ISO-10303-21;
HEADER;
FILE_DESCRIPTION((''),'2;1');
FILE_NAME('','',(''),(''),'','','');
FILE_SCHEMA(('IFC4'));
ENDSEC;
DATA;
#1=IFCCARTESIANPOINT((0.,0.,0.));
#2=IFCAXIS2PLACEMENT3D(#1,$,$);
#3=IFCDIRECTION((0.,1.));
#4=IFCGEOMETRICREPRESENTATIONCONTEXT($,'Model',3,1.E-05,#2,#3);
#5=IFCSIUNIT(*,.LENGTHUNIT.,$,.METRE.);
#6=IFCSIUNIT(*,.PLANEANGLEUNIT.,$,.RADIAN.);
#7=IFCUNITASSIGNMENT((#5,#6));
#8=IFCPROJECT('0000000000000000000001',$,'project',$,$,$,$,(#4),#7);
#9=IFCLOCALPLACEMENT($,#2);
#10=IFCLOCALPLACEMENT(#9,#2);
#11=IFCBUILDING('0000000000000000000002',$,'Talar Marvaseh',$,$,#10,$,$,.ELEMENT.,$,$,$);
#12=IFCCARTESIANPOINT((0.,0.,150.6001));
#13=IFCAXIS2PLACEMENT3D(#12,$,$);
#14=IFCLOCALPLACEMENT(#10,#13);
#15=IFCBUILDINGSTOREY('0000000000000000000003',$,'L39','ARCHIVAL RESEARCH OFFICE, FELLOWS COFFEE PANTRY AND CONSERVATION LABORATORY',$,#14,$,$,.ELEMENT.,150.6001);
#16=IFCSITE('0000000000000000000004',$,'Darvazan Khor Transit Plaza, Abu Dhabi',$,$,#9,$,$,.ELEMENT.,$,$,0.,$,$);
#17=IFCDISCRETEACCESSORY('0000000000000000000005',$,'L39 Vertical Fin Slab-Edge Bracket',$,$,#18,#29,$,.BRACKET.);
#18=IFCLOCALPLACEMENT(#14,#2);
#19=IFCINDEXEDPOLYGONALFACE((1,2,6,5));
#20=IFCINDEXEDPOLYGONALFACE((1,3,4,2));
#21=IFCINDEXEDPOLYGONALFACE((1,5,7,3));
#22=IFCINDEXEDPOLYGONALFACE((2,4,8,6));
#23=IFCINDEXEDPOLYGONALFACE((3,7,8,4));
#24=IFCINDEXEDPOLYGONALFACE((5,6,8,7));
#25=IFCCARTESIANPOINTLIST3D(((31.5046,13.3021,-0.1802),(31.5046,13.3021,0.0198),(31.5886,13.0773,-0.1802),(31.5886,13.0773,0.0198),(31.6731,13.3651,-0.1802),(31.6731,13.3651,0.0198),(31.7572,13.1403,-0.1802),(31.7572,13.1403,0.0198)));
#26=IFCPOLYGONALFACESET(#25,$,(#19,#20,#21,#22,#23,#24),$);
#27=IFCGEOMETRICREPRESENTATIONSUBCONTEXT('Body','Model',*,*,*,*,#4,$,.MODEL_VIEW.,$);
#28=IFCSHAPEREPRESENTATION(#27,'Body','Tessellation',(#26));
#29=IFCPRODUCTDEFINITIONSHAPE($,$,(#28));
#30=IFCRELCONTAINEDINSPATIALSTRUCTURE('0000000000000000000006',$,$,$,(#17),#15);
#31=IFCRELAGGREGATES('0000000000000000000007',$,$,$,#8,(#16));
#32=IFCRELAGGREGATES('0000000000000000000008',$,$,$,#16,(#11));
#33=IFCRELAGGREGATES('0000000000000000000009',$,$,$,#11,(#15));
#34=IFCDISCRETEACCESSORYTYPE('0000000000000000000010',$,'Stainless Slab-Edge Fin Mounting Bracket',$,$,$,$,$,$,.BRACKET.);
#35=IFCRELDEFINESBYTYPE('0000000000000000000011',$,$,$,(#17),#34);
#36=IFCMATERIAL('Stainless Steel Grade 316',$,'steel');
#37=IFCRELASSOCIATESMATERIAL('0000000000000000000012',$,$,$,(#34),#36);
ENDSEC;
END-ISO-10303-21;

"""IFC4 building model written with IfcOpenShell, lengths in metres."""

from ifc_helpers import new_model, si_unit, direction, frame, origin, origin_2d, place, context, subcontext, project, spatial, rectangle, extrude, source, transform, mapped, material, type_object, type_shapes, element, save


model = new_model("IFC4")

# Units and contexts
model_context = context("Model", 3, precision=1e-05, world=origin(), true_north=direction((0.0, 1.0)))
body_context = subcontext(model_context, "Body", "Model", "MODEL_VIEW")
ifc_project = project(units=[si_unit("LENGTHUNIT", "METRE"), si_unit("PLANEANGLEUNIT", "RADIAN")], contexts=[model_context])

# Site, building, storey
site_placement = place(None, origin())
site = spatial("IfcSite", under=ifc_project, at=site_placement, Name="Darvazan Khor Transit Plaza, Abu Dhabi", CompositionType="ELEMENT", RefElevation=0.0)
building_placement = place(site_placement, origin())
building = spatial("IfcBuilding", under=site, at=building_placement, Name="Talar Marvaseh", CompositionType="ELEMENT")
storey_placement = place(building_placement, frame((0.0, 0.0, 150.6001)))
storey = spatial("IfcBuildingStorey", under=building, at=storey_placement, Name="L39", Description="ARCHIVAL RESEARCH OFFICE, FELLOWS COFFEE PANTRY AND CONSERVATION LABORATORY", CompositionType="ELEMENT", Elevation=150.6001)

# Discrete accessory
ifc_material_1 = material(Name="Stainless Steel Grade 316", Category="steel")
discrete_accessory_type = type_object("IfcDiscreteAccessoryType", Name="Stainless Slab-Edge Fin Mounting Bracket", PredefinedType="BRACKET", material=ifc_material_1)
shared_shape_1 = source(origin(), body_context, "Body", "SweptSolid", [
    extrude(rectangle(XDim=0.24, YDim=0.1799, at=origin_2d()), origin(), (0.0, 0.0, 1.0), 0.2),
])
type_shapes(discrete_accessory_type, [shared_shape_1])
for number, where, z_axis, x_axis, name in (
    (1, (31.6309, 13.2212, -0.1802), (0.0, 0.0, 1.0), (0.350371, -0.936611, 0.0), "L39 Vertical Fin Slab-Edge Bracket"),
):
    element("IfcDiscreteAccessory", number, at=place(storey_placement, frame(where, z_axis=z_axis, x_axis=x_axis)), inside=storey, type_object=discrete_accessory_type, Name=name, PredefinedType="BRACKET", context=body_context, shape_type="MappedRepresentation", body=[
        mapped(shared_shape_1, transform((0.0, 0.0, 0.0), x_axis=(1.0, 0.0, 0.0), y_axis=(0.0, 1.0, 0.0), z_axis=(0.0, 0.0, 1.0), scale=1.0)),
    ])

save(model, "model.ifc")
